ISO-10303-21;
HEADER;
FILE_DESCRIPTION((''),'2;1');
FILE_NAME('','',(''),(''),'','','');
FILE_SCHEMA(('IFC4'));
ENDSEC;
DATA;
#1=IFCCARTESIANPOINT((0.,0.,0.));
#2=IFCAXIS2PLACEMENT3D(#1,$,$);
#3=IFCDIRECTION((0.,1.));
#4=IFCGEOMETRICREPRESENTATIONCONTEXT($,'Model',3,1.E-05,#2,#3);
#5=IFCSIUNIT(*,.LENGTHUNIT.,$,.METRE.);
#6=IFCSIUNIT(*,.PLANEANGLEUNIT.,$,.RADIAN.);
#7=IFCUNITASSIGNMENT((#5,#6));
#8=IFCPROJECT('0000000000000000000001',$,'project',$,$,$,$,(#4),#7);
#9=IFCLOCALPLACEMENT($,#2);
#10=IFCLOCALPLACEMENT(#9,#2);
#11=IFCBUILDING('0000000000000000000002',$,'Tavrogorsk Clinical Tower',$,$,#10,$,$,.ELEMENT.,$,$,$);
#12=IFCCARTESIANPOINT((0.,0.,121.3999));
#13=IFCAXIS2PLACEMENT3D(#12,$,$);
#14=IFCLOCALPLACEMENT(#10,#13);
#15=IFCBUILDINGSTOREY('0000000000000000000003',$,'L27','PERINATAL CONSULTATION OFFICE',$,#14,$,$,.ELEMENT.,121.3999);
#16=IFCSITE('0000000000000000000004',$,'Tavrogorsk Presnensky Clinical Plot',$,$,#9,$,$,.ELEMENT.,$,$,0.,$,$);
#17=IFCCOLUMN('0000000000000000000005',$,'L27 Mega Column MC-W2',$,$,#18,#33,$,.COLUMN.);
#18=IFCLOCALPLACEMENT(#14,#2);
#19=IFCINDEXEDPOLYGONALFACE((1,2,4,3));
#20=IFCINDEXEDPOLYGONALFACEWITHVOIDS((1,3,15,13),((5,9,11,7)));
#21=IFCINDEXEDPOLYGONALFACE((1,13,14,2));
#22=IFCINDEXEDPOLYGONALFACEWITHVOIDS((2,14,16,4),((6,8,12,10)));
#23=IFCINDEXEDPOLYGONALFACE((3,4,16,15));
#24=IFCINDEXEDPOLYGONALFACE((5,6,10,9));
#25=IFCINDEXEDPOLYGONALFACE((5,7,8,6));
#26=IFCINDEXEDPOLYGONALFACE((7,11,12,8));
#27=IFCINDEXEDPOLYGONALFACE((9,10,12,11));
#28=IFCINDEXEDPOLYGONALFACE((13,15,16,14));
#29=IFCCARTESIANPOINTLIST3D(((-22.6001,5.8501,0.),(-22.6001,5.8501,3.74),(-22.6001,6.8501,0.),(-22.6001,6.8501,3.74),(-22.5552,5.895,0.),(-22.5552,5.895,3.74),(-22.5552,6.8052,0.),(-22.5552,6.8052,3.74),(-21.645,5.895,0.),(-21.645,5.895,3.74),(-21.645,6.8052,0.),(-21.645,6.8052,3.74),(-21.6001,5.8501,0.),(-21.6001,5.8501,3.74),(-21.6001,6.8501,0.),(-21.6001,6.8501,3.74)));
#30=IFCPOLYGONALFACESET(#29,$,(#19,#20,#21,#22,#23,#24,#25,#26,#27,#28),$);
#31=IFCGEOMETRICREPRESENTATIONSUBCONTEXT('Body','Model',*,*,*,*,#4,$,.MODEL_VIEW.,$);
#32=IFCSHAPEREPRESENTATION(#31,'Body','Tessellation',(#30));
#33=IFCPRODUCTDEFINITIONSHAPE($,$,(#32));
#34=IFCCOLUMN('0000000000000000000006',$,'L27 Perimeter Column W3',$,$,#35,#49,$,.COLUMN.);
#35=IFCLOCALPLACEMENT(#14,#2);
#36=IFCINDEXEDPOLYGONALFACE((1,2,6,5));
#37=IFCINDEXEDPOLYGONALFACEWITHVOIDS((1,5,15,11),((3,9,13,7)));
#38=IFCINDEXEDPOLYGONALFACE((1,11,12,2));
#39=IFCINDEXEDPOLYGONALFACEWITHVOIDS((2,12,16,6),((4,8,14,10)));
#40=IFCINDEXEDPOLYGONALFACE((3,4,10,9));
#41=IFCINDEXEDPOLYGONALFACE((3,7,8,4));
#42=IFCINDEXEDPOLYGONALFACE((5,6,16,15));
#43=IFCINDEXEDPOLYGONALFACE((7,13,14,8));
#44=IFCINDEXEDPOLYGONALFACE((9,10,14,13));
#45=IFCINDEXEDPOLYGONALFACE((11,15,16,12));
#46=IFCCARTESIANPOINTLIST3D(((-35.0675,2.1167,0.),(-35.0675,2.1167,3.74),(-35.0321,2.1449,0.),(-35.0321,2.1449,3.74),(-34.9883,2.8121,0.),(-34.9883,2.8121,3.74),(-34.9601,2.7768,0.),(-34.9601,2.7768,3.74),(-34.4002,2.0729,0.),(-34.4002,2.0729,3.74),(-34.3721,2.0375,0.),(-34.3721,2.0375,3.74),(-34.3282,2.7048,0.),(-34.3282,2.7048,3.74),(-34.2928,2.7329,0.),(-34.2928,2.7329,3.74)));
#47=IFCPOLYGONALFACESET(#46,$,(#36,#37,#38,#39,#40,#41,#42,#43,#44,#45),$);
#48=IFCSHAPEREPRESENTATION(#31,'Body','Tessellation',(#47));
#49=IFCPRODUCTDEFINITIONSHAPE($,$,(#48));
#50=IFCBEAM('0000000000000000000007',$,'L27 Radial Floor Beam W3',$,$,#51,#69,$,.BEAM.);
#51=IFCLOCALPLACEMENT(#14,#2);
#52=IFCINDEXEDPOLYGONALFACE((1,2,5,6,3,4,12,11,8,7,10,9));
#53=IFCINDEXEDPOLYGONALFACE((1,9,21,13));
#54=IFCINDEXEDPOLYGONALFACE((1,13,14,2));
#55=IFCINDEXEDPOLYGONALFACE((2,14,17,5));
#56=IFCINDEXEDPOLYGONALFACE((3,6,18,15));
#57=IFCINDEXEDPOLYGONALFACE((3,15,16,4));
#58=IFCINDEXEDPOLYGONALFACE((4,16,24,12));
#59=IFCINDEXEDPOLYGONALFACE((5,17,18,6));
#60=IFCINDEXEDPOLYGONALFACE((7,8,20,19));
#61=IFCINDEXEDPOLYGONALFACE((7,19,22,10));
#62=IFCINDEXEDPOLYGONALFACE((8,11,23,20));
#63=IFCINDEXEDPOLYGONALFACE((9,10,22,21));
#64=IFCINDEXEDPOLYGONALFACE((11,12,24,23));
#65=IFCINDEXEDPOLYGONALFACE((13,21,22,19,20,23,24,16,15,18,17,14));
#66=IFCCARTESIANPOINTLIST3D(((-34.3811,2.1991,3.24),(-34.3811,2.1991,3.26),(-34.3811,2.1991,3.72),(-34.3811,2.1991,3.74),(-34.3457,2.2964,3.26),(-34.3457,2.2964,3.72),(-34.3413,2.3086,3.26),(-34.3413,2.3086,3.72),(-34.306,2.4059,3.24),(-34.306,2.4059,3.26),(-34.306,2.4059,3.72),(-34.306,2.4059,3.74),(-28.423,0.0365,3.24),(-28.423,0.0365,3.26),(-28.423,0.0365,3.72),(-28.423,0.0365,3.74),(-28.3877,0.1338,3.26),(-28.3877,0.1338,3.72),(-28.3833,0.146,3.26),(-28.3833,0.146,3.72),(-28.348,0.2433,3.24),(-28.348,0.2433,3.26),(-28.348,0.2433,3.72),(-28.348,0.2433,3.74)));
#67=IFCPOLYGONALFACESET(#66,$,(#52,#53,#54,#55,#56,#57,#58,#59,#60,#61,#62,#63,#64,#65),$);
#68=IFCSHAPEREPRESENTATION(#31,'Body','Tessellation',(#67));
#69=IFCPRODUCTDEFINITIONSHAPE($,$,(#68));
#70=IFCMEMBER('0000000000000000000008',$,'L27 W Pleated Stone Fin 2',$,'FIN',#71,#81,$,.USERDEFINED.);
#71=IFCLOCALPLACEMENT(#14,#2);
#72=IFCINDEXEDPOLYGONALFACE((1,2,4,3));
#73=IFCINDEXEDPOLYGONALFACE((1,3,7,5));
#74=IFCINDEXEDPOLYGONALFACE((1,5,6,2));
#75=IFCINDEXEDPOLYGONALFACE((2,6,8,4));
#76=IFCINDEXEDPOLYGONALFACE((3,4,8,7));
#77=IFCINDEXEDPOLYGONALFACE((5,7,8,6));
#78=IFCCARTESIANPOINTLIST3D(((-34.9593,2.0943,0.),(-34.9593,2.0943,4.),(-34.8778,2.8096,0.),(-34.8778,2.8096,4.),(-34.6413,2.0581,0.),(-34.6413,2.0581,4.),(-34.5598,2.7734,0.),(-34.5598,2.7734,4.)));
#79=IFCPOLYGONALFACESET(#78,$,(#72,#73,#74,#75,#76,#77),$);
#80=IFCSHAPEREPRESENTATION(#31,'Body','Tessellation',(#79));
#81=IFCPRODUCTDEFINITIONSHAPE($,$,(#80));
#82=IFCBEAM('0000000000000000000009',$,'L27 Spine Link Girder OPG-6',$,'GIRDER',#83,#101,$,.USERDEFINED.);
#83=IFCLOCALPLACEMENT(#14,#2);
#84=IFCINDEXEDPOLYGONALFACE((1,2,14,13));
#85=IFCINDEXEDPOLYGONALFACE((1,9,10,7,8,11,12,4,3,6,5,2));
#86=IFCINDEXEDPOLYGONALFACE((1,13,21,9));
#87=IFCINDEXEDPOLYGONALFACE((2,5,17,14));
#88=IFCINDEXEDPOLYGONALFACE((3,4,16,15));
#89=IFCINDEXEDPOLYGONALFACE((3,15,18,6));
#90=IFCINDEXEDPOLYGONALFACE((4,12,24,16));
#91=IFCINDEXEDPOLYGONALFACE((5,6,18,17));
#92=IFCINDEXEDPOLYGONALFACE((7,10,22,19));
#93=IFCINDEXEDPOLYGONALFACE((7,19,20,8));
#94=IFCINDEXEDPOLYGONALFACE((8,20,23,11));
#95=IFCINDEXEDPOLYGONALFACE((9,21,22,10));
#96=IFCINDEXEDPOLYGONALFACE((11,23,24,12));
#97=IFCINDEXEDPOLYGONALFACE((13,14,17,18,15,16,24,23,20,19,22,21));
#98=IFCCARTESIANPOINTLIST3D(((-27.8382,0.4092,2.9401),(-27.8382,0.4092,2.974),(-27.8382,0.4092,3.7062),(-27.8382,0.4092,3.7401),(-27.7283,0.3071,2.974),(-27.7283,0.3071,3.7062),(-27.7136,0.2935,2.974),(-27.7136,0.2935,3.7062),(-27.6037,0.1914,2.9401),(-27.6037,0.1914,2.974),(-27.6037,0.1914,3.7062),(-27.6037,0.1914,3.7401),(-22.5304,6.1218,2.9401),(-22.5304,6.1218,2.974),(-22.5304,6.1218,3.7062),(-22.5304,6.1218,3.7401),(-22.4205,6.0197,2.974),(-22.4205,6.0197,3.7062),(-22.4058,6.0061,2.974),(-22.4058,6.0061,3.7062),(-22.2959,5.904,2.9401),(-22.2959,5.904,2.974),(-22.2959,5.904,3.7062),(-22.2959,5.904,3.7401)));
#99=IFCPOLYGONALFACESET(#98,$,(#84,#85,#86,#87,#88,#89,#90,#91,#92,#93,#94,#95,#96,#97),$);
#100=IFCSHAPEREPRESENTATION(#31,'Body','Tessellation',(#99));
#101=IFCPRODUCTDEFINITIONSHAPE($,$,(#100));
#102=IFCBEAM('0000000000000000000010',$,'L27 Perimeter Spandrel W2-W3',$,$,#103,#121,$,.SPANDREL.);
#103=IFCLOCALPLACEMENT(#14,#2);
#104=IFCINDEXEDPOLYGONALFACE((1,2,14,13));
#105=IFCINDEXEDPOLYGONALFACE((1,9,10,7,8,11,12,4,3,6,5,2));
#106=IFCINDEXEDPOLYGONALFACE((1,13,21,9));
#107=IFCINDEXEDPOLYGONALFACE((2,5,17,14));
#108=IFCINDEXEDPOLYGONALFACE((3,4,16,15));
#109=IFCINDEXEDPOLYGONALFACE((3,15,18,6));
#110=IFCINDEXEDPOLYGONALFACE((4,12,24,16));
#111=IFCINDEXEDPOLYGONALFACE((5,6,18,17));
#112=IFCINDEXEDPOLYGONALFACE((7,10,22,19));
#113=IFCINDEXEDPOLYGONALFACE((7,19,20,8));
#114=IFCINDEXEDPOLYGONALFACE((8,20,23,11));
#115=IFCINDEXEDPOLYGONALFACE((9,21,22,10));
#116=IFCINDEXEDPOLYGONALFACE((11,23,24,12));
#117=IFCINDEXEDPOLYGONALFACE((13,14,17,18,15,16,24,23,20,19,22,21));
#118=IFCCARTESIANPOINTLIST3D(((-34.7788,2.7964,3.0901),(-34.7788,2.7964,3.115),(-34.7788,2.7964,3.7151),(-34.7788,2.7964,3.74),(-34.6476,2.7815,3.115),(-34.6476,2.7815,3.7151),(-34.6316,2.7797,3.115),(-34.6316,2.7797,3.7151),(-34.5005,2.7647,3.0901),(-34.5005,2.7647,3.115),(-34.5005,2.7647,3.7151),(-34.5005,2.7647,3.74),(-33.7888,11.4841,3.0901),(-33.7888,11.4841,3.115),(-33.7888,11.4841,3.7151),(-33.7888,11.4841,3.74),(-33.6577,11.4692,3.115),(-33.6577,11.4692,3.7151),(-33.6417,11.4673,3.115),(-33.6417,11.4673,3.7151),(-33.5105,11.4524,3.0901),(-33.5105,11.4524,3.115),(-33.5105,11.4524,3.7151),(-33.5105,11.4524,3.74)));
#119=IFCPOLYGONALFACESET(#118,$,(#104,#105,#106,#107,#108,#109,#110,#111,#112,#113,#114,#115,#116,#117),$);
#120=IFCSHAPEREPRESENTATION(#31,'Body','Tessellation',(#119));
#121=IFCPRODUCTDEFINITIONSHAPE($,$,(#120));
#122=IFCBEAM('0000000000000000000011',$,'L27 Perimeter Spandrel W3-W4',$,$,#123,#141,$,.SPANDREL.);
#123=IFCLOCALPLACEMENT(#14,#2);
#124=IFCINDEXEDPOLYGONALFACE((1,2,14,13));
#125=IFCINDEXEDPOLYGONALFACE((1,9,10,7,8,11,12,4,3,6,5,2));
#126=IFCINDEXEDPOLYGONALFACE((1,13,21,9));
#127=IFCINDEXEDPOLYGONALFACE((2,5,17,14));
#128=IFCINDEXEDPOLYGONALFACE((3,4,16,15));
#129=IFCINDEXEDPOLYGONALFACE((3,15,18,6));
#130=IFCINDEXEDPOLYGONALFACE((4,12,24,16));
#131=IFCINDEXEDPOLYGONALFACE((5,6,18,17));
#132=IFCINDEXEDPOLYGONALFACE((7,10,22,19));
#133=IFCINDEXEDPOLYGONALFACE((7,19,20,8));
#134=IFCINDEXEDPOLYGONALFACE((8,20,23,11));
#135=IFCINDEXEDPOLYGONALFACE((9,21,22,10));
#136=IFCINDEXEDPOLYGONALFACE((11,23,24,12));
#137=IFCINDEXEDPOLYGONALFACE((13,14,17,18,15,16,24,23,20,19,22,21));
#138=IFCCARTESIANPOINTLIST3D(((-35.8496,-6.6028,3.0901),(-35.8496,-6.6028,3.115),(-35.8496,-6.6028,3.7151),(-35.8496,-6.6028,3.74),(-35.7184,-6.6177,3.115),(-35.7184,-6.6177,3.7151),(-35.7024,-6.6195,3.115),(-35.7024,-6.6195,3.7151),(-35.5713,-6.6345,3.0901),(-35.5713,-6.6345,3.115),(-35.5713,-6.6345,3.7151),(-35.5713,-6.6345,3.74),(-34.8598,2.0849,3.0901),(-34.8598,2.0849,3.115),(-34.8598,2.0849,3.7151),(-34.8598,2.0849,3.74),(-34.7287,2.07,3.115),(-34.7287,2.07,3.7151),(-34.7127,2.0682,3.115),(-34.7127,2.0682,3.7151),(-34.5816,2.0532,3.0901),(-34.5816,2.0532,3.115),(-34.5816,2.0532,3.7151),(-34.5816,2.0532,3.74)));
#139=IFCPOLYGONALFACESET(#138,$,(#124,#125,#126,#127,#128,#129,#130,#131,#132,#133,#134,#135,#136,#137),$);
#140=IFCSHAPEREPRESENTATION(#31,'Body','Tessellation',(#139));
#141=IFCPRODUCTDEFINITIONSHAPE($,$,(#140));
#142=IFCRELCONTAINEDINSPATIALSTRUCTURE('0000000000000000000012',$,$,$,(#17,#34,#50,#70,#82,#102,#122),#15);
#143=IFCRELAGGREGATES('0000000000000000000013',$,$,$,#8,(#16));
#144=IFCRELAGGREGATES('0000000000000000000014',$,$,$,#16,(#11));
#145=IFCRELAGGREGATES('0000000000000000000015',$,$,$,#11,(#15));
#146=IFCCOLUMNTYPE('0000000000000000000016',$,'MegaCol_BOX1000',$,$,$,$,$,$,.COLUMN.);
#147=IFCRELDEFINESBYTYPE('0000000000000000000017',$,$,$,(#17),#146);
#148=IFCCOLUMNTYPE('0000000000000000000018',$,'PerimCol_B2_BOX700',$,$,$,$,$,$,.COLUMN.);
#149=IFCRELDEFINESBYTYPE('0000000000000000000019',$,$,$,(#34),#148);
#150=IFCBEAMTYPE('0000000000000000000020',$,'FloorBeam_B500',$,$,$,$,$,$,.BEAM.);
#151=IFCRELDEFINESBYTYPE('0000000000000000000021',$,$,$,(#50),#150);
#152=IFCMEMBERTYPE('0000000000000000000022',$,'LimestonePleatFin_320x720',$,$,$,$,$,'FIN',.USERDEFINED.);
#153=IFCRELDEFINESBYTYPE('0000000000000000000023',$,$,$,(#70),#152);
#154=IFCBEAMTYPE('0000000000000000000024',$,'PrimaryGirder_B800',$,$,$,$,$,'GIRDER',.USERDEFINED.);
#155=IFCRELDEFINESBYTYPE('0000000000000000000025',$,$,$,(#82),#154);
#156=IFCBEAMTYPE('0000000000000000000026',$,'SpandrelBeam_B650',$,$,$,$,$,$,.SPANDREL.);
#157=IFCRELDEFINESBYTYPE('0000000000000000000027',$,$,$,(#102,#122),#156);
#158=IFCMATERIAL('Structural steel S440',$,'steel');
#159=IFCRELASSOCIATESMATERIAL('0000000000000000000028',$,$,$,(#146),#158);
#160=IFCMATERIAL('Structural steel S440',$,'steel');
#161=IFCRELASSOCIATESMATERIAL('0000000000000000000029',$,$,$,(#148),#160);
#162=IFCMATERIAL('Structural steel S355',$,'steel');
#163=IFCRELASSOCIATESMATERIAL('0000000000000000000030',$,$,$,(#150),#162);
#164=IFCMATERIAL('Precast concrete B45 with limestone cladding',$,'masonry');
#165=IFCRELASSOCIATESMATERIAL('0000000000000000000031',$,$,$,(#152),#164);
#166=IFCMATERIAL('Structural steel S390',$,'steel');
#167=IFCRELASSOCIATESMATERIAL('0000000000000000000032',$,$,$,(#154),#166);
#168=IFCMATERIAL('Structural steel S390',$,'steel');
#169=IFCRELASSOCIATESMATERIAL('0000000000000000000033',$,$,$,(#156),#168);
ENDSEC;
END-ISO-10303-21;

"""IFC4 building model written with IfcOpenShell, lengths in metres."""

from ifc_helpers import new_model, si_unit, direction, frame, origin, origin_2d, place, context, subcontext, project, spatial, rectangle, hollow_rectangle, i_section, extrude, material, material_profile, profile_set, type_object, element, save


model = new_model("IFC4")

# Units and contexts
model_context = context("Model", 3, precision=1e-05, world=origin(), true_north=direction((0.0, 1.0)))
body_context = subcontext(model_context, "Body", "Model", "MODEL_VIEW")
ifc_project = project(units=[si_unit("LENGTHUNIT", "METRE"), si_unit("PLANEANGLEUNIT", "RADIAN")], contexts=[model_context])

# Site, building, storey
site_placement = place(None, origin())
site = spatial("IfcSite", under=ifc_project, at=site_placement, Name="Tavrogorsk Presnensky Clinical Plot", CompositionType="ELEMENT", RefElevation=0.0)
building_placement = place(site_placement, origin())
building = spatial("IfcBuilding", under=site, at=building_placement, Name="Tavrogorsk Clinical Tower", CompositionType="ELEMENT")
storey_placement = place(building_placement, frame((0.0, 0.0, 121.3999)))
storey = spatial("IfcBuildingStorey", under=building, at=storey_placement, Name="L27", Description="PERINATAL CONSULTATION OFFICE", CompositionType="ELEMENT", Elevation=121.3999)

# Columns
ifc_material_1 = material(Name="Structural steel S440", Category="steel")
ifc_material_profile_1 = material_profile(ifc_material_1, hollow_rectangle(XDim=1.0, YDim=1.0, WallThickness=0.0449, at=origin_2d()), Name="BOX-1000x1000x45")
ifc_profile_set_1 = profile_set([ifc_material_profile_1], Name="Structural steel S440")
column_type_1 = type_object("IfcColumnType", Name="MegaCol_BOX1000", PredefinedType="COLUMN", material=ifc_profile_set_1)
column_1_placement = place(storey_placement, frame((-22.1001, 6.3501, 0.0), z_axis=(0.0, 0.0, 1.0), x_axis=(1.0, 0.0, 0.0)))
element("IfcColumn", 1, at=column_1_placement, inside=storey, type_object=column_type_1, Name="L27 Mega Column MC-W2", PredefinedType="COLUMN", context=body_context, shape_type="SweptSolid", body=[
    extrude(hollow_rectangle(XDim=1.0, YDim=1.0, WallThickness=0.0449, at=origin_2d()), origin(), (0.0, 0.0, 1.0), 3.74),
])
ifc_material_2 = material(Name="Structural steel S440", Category="steel")
ifc_material_profile_2 = material_profile(ifc_material_2, hollow_rectangle(XDim=0.7, YDim=0.7, WallThickness=0.032, at=origin_2d()), Name="BOX-700x700x32")
ifc_profile_set_2 = profile_set([ifc_material_profile_2], Name="Structural steel S440")
column_type_2 = type_object("IfcColumnType", Name="PerimCol_B2_BOX700", PredefinedType="COLUMN", material=ifc_profile_set_2)
column_2_placement = place(storey_placement, frame((-34.6802, 2.4248, 0.0), z_axis=(0.0, 0.0, 1.0), x_axis=(0.993572, -0.113203, 0.0)))
element("IfcColumn", 2, at=column_2_placement, inside=storey, type_object=column_type_2, Name="L27 Perimeter Column W3", PredefinedType="COLUMN", context=body_context, shape_type="SweptSolid", body=[
    extrude(hollow_rectangle(XDim=0.7, YDim=0.7, WallThickness=0.032, at=origin_2d()), origin(), (0.0, 0.0, 1.0), 3.74),
])

# Beam
ifc_material_3 = material(Name="Structural steel S355", Category="steel")
ifc_material_profile_3 = material_profile(ifc_material_3, i_section(OverallWidth=0.22, OverallDepth=0.5, WebThickness=0.0129, FlangeThickness=0.02, at=origin_2d()), Name="B-500x220x13x20")
ifc_profile_set_3 = profile_set([ifc_material_profile_3], Name="Structural steel S355")
beam_type_1 = type_object("IfcBeamType", Name="FloorBeam_B500", PredefinedType="BEAM", material=ifc_profile_set_3)
beam_1_placement = place(storey_placement, frame((-28.3855, 0.1399, 3.49), z_axis=(-0.939993, 0.341193, 0.0), x_axis=(-0.341193, -0.939993, 0.0)))
element("IfcBeam", 3, at=beam_1_placement, inside=storey, type_object=beam_type_1, Name="L27 Radial Floor Beam W3", PredefinedType="BEAM", context=body_context, shape_type="SweptSolid", body=[
    extrude(i_section(OverallWidth=0.22, OverallDepth=0.5, WebThickness=0.0129, FlangeThickness=0.02, at=origin_2d()), origin(), (0.0, 0.0, 1.0), 6.3384),
])

# Member
ifc_material_4 = material(Name="Precast concrete B45 with limestone cladding", Category="masonry")
ifc_material_profile_4 = material_profile(ifc_material_4, rectangle(XDim=0.3201, YDim=0.72, at=origin_2d()), Name="LIMESTONE-FIN-320x720")
ifc_profile_set_4 = profile_set([ifc_material_profile_4], Name="Precast concrete B45 with limestone cladding")
member_type = type_object("IfcMemberType", Name="LimestonePleatFin_320x720", ElementType="FIN", PredefinedType="USERDEFINED", material=ifc_profile_set_4)
member_placement = place(storey_placement, frame((-34.7595, 2.4338, 0.0), z_axis=(0.0, 0.0, 1.0), x_axis=(0.993572, -0.113203, 0.0)))
element("IfcMember", 4, at=member_placement, inside=storey, type_object=member_type, Name="L27 W Pleated Stone Fin 2", ObjectType="FIN", PredefinedType="USERDEFINED", context=body_context, shape_type="SweptSolid", body=[
    extrude(rectangle(XDim=0.3201, YDim=0.72, at=origin_2d()), origin(), (0.0, 0.0, 1.0), 4.0),
])

# Beams
ifc_material_5 = material(Name="Structural steel S390", Category="steel")
ifc_material_profile_5 = material_profile(ifc_material_5, i_section(OverallWidth=0.3201, OverallDepth=0.8, WebThickness=0.02, FlangeThickness=0.0339, at=origin_2d()), Name="B-800x320x20x34")
ifc_profile_set_5 = profile_set([ifc_material_profile_5], Name="Structural steel S390")
beam_type_2 = type_object("IfcBeamType", Name="PrimaryGirder_B800", ElementType="GIRDER", PredefinedType="USERDEFINED", material=ifc_profile_set_5)
beam_2_placement = place(storey_placement, frame((-27.7209, 0.3003, 3.3401), z_axis=(0.680676, 0.732585, 0.0), x_axis=(-0.732585, 0.680676, 0.0)))
element("IfcBeam", 5, at=beam_2_placement, inside=storey, type_object=beam_type_2, Name="L27 Spine Link Girder OPG-6", ObjectType="GIRDER", PredefinedType="USERDEFINED", context=body_context, shape_type="SweptSolid", body=[
    extrude(i_section(OverallWidth=0.3201, OverallDepth=0.8, WebThickness=0.02, FlangeThickness=0.0339, at=origin_2d()), origin(), (0.0, 0.0, 1.0), 7.7979),
])
ifc_material_6 = material(Name="Structural steel S390", Category="steel")
ifc_material_profile_6 = material_profile(ifc_material_6, i_section(OverallWidth=0.28, OverallDepth=0.6499, WebThickness=0.0161, FlangeThickness=0.0249, at=origin_2d()), Name="B-650x280x16x25")
ifc_profile_set_6 = profile_set([ifc_material_profile_6], Name="Structural steel S390")
beam_type_3 = type_object("IfcBeamType", Name="SpandrelBeam_B650", PredefinedType="SPANDREL", material=ifc_profile_set_6)
for number, where, z_axis, x_axis, name in (
    (6, (-33.6497, 11.4683, 3.415), (-0.11322, -0.99357, 0.0), (0.99357, -0.11322, 0.0), "L27 Perimeter Spandrel W2-W3"),
    (7, (-34.7207, 2.0691, 3.415), (-0.113192, -0.993573, 0.0), (0.993573, -0.113192, 0.0), "L27 Perimeter Spandrel W3-W4"),
):
    element("IfcBeam", number, at=place(storey_placement, frame(where, z_axis=z_axis, x_axis=x_axis)), inside=storey, type_object=beam_type_3, Name=name, PredefinedType="SPANDREL", context=body_context, shape_type="SweptSolid", body=[
        extrude(i_section(OverallWidth=0.28, OverallDepth=0.6499, WebThickness=0.0161, FlangeThickness=0.0249, at=origin_2d()), origin(), (0.0, 0.0, 1.0), 8.7439),
    ])

save(model, "model.ifc")
